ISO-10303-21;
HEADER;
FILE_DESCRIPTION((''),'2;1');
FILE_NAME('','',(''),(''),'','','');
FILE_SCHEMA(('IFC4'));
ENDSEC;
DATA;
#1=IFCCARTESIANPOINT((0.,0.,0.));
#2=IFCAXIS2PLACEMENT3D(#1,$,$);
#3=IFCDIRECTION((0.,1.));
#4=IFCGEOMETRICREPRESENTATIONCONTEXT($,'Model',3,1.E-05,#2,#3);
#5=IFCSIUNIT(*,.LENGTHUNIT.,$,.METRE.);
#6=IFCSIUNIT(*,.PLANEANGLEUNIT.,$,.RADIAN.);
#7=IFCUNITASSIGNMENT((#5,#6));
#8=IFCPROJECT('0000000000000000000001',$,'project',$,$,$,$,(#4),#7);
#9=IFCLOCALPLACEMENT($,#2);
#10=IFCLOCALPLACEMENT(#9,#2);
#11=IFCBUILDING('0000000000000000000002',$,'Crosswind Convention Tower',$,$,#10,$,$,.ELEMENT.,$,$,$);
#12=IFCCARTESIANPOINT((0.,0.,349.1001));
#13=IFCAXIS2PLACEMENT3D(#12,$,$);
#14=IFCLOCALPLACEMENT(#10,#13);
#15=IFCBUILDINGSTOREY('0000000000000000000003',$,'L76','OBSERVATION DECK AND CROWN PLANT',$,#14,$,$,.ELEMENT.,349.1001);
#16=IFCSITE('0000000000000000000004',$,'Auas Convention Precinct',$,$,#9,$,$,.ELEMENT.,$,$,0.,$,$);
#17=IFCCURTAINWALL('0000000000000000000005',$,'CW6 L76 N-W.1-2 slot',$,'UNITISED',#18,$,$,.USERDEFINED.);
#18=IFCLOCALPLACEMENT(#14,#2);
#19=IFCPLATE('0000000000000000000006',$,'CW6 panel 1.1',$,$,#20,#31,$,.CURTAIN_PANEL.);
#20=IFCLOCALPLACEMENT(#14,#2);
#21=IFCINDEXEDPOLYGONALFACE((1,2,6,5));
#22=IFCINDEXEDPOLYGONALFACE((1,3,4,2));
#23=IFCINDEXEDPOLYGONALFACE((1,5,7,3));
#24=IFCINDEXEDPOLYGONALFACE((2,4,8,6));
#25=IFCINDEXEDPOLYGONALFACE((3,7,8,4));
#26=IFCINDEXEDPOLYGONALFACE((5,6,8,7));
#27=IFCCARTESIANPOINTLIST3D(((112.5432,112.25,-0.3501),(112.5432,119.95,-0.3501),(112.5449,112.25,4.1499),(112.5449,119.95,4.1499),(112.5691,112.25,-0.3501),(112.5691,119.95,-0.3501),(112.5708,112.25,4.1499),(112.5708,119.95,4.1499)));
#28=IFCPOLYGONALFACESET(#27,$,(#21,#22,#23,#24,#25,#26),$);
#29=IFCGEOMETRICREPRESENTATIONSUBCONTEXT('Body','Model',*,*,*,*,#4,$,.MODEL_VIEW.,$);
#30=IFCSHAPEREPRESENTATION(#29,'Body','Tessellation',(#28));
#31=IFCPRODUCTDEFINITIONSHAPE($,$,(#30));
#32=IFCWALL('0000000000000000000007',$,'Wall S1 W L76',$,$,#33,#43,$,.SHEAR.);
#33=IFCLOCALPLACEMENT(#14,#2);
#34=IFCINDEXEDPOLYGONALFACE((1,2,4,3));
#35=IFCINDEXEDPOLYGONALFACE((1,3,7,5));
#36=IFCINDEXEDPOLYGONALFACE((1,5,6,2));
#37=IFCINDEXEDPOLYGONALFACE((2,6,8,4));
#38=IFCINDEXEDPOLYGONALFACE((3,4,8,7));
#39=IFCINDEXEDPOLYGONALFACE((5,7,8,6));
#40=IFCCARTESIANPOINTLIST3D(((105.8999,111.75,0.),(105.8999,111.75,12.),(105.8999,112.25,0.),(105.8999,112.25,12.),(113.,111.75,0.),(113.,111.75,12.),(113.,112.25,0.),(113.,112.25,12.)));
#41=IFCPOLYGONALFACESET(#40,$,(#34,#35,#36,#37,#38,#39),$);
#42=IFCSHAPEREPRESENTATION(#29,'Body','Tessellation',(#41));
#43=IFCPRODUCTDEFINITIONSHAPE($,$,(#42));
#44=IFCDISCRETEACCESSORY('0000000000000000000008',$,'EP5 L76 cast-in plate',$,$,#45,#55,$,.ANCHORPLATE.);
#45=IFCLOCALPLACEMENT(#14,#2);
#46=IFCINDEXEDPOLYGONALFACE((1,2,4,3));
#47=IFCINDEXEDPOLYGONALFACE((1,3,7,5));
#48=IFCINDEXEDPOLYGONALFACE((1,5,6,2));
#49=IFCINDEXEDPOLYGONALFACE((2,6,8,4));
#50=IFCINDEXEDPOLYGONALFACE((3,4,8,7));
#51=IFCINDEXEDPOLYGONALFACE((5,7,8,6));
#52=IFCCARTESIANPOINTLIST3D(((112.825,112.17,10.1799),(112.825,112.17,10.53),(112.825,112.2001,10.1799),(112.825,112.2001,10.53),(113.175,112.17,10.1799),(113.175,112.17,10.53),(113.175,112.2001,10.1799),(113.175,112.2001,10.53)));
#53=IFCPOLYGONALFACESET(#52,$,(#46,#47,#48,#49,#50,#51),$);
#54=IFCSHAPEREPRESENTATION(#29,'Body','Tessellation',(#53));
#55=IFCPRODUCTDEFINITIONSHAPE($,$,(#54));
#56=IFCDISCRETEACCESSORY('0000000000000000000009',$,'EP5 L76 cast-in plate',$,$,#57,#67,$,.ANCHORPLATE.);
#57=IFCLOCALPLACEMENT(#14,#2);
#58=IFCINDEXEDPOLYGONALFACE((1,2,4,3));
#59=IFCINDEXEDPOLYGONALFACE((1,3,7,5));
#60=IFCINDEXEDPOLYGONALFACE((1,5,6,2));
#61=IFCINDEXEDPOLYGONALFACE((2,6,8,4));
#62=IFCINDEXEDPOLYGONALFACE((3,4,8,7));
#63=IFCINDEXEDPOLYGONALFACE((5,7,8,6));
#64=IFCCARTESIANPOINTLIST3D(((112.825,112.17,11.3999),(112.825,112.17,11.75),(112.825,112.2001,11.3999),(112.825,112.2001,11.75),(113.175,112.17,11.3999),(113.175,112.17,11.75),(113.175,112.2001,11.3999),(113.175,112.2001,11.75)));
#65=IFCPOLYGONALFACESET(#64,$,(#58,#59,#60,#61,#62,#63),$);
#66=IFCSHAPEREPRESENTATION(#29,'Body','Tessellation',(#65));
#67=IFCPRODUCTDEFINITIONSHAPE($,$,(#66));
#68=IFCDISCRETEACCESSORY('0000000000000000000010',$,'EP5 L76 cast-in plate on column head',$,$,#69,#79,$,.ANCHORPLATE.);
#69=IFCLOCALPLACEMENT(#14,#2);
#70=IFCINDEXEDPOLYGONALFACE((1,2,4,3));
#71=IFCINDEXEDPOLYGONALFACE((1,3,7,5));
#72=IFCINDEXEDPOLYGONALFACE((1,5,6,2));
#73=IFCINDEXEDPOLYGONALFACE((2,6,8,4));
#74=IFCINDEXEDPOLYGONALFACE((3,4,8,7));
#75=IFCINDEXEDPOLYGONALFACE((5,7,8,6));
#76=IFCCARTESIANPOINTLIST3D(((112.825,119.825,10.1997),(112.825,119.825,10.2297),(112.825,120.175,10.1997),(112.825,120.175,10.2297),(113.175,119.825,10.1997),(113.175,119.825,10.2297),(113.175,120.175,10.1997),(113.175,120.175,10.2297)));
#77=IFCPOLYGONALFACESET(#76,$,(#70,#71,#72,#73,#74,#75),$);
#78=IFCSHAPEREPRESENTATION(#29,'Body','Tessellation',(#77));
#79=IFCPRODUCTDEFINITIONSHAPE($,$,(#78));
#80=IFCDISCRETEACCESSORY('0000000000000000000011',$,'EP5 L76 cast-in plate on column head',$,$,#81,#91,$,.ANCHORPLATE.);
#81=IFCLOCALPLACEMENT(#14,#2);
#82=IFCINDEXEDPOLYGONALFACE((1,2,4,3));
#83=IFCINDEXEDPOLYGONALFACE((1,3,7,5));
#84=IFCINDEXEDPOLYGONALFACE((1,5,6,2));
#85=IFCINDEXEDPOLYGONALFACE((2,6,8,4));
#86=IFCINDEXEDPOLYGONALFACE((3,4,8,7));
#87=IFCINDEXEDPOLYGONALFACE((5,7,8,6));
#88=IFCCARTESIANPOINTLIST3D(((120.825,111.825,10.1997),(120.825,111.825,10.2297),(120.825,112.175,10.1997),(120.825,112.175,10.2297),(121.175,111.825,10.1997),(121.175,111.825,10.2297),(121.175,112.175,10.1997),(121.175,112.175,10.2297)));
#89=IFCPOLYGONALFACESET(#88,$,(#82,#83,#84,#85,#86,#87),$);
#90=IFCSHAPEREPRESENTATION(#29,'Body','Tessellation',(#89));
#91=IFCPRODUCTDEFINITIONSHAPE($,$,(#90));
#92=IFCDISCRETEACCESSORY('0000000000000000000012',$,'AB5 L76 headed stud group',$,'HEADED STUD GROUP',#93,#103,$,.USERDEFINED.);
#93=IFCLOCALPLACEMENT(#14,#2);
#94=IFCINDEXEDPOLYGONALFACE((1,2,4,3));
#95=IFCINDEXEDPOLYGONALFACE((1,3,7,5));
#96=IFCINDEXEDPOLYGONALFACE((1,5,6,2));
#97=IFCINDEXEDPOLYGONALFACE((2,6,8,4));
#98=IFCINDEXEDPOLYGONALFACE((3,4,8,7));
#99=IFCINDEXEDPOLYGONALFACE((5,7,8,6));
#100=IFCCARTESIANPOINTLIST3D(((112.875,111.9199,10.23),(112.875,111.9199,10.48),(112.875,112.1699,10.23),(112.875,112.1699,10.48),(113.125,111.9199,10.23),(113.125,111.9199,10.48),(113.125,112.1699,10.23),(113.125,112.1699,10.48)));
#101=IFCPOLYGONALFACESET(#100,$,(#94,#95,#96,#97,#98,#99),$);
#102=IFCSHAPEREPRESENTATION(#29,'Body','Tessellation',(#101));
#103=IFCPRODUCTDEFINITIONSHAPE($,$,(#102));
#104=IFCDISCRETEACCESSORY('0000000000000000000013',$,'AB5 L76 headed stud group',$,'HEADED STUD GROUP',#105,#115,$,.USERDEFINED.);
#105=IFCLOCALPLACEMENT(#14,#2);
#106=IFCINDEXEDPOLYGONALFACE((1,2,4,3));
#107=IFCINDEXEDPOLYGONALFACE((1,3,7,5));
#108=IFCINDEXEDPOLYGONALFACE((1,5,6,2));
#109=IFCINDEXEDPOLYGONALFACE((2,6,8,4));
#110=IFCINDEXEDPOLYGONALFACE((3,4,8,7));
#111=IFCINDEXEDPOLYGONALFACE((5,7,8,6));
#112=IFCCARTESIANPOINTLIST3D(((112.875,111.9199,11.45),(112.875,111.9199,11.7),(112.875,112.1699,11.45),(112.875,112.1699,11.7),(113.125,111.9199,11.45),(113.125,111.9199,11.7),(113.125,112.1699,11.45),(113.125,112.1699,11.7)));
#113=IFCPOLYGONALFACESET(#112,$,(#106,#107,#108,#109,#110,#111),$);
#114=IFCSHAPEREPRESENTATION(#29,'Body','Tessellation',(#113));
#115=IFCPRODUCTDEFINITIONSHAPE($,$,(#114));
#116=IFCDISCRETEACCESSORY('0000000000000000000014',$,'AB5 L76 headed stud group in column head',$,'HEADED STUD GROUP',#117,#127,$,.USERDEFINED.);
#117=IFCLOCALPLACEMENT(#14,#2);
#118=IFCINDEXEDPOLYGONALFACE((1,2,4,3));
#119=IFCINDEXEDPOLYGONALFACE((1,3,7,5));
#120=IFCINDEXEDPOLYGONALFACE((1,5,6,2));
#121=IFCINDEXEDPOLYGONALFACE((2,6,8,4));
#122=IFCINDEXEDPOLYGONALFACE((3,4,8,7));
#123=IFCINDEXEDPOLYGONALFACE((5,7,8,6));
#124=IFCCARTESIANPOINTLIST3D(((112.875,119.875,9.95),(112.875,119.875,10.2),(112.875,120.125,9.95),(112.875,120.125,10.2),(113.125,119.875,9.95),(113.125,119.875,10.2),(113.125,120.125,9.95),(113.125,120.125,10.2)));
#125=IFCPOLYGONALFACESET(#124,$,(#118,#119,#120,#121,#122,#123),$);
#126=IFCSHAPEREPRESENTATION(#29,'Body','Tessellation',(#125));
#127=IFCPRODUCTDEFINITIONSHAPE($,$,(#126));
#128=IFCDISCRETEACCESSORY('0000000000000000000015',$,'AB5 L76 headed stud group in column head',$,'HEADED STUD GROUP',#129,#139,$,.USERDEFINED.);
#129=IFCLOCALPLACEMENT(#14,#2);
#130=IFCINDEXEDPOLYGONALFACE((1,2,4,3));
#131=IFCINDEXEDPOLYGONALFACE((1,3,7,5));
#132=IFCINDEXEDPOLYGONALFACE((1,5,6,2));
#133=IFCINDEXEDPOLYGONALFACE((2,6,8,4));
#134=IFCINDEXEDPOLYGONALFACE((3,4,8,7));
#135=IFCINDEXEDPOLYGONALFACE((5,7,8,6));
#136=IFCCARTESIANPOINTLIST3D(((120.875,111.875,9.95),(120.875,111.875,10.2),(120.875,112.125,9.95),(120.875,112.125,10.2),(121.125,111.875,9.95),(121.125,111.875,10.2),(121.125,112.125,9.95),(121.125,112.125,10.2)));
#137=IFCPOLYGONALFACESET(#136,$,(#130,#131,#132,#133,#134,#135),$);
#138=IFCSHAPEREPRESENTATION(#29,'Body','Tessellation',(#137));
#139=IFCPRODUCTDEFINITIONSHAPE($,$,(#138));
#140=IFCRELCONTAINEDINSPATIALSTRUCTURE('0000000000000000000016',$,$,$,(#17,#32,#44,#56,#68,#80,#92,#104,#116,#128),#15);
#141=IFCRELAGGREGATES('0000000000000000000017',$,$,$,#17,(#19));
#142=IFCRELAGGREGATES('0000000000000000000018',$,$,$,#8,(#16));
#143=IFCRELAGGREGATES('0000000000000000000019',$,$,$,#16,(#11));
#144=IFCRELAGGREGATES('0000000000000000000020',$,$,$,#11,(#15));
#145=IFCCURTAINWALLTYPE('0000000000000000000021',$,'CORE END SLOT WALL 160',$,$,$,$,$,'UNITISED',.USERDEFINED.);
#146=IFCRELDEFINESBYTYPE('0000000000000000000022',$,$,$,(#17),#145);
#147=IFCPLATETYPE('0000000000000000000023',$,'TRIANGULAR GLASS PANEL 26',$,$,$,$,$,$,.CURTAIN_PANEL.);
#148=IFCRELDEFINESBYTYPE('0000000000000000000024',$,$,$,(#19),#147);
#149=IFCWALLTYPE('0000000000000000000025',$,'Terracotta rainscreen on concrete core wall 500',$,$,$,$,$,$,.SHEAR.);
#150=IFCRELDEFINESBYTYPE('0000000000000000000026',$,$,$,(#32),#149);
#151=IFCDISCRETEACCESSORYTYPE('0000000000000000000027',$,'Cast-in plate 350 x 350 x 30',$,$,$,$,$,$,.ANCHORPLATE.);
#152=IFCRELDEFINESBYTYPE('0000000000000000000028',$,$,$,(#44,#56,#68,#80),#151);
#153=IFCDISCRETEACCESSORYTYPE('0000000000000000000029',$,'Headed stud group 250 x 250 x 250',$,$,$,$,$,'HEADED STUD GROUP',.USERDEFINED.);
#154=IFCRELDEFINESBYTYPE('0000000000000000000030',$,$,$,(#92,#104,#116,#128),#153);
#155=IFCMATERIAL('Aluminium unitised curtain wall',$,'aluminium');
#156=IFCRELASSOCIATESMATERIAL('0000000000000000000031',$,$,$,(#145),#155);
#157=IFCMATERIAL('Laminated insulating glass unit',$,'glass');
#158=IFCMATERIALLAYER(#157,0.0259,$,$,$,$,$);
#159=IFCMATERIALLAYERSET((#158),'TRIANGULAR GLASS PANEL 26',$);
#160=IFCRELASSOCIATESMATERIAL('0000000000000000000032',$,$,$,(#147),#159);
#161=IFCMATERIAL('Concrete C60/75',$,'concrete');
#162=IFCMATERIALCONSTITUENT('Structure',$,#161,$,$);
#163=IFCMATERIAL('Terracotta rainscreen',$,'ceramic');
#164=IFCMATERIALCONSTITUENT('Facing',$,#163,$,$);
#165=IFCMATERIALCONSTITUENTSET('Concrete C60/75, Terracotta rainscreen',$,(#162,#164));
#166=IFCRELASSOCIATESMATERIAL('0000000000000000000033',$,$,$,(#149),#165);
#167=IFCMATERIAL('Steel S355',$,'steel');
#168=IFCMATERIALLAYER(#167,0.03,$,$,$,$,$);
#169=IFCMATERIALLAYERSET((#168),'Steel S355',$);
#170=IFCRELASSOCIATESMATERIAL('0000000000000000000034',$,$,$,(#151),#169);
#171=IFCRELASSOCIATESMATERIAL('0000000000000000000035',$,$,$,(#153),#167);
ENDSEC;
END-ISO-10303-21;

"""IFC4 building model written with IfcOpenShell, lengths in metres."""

from ifc_helpers import new_model, si_unit, direction, frame, frame_2d, origin, origin_2d, place, context, subcontext, project, spatial, polyline, rectangle, outline, extrude, material, layer, layer_set, constituent, constituent_set, type_object, element, aggregate, save


model = new_model("IFC4")

# Units and contexts
model_context = context("Model", 3, precision=1e-05, world=origin(), true_north=direction((0.0, 1.0)))
body_context = subcontext(model_context, "Body", "Model", "MODEL_VIEW")
ifc_project = project(units=[si_unit("LENGTHUNIT", "METRE"), si_unit("PLANEANGLEUNIT", "RADIAN")], contexts=[model_context])

# Site, building, storey
site_placement = place(None, origin())
site = spatial("IfcSite", under=ifc_project, at=site_placement, Name="Auas Convention Precinct", CompositionType="ELEMENT", RefElevation=0.0)
building_placement = place(site_placement, origin())
building = spatial("IfcBuilding", under=site, at=building_placement, Name="Crosswind Convention Tower", CompositionType="ELEMENT")
storey_placement = place(building_placement, frame((0.0, 0.0, 349.1001)))
storey = spatial("IfcBuildingStorey", under=building, at=storey_placement, Name="L76", Description="OBSERVATION DECK AND CROWN PLANT", CompositionType="ELEMENT", Elevation=349.1001)

# Shared definitions
ifc_material_1 = material(Name="Concrete C60/75", Category="concrete")

# Shared definitions
ifc_material_2 = material(Name="Steel S355", Category="steel")

# Curtain wall
ifc_material_3 = material(Name="Aluminium unitised curtain wall", Category="aluminium")
curtain_wall_type_1 = type_object("IfcCurtainWallType", Name="CORE END SLOT WALL 160", ElementType="UNITISED", PredefinedType="USERDEFINED", material=ifc_material_3)
curtain_wall_1_placement = place(storey_placement, origin())
curtain_wall_1 = element("IfcCurtainWall", 1, at=curtain_wall_1_placement, inside=storey, type_object=curtain_wall_type_1, Name="CW6 L76 N-W.1-2 slot", ObjectType="UNITISED", PredefinedType="USERDEFINED")

# Plate
ifc_material_4 = material(Name="Laminated insulating glass unit", Category="glass")
ifc_layer_1 = layer(ifc_material_4, 0.0259)
ifc_layer_set_1 = layer_set([ifc_layer_1], Name="TRIANGULAR GLASS PANEL 26")
plate_type = type_object("IfcPlateType", Name="TRIANGULAR GLASS PANEL 26", PredefinedType="CURTAIN_PANEL", material=ifc_layer_set_1)
plate_placement = place(storey_placement, frame((112.5432, 119.95, -0.3501), z_axis=(-1.0, 0.0, 0.00038), x_axis=(0.0, -1.0, 0.0)))
plate = element("IfcPlate", 2, at=plate_placement, type_object=plate_type, Name="CW6 panel 1.1", PredefinedType="CURTAIN_PANEL", context=body_context, shape_type="SweptSolid", body=[
    extrude(outline(polyline([(0.0, 0.0), (7.7, 0.0), (7.7, 4.5), (0.0, 4.5), (0.0, 0.0)])), origin(), (0.0, 0.0, -1.0), 0.0259),
])
aggregate(curtain_wall_1, [plate])

# Wall
ifc_constituent_1 = constituent(ifc_material_1, Name="Structure")
ifc_material_5 = material(Name="Terracotta rainscreen", Category="ceramic")
ifc_constituent_2 = constituent(ifc_material_5, Name="Facing")
ifc_constituent_set = constituent_set(constituents=[ifc_constituent_1, ifc_constituent_2], Name="Concrete C60/75, Terracotta rainscreen")
wall_type = type_object("IfcWallType", Name="Terracotta rainscreen on concrete core wall 500", PredefinedType="SHEAR", material=ifc_constituent_set)
wall_placement = place(storey_placement, frame((113.0, 112.0, 0.0), z_axis=(0.0, 0.0, 1.0), x_axis=(-1.0, 0.0, 0.0)))
element("IfcWall", 3, at=wall_placement, inside=storey, type_object=wall_type, Name="Wall S1 W L76", PredefinedType="SHEAR", context=body_context, shape_type="SweptSolid", body=[
    extrude(rectangle(XDim=7.1001, YDim=0.5, at=frame_2d((3.55, 0.0))), origin(), (0.0, 0.0, 1.0), 12.0),
])

# Discrete accessories
ifc_layer_2 = layer(ifc_material_2, 0.03)
ifc_layer_set_2 = layer_set([ifc_layer_2], Name="Steel S355")
discrete_accessory_type_1 = type_object("IfcDiscreteAccessoryType", Name="Cast-in plate 350 x 350 x 30", PredefinedType="ANCHORPLATE", material=ifc_layer_set_2)
for number, where, z_axis, x_axis, name in (
    (4, (113.0, 112.1851, 10.1799), (0.0, 0.0, 1.0), (1.0, 0.0, 0.0), "EP5 L76 cast-in plate"),
    (5, (113.0, 112.1851, 11.3999), (0.0, 0.0, 1.0), (1.0, 0.0, 0.0), "EP5 L76 cast-in plate"),
):
    element("IfcDiscreteAccessory", number, at=place(storey_placement, frame(where, z_axis=z_axis, x_axis=x_axis)), inside=storey, type_object=discrete_accessory_type_1, Name=name, PredefinedType="ANCHORPLATE", context=body_context, shape_type="SweptSolid", body=[
        extrude(rectangle(XDim=0.3501, YDim=0.03, at=origin_2d()), origin(), (0.0, 0.0, 1.0), 0.3501),
    ])
for number, where, z_axis, x_axis, name in (
    (6, (113.0, 120.0, 10.1997), (0.0, 0.0, 1.0), (1.0, 0.0, 0.0), "EP5 L76 cast-in plate on column head"),
    (7, (121.0, 112.0, 10.1997), (0.0, 0.0, 1.0), (1.0, 0.0, 0.0), "EP5 L76 cast-in plate on column head"),
):
    element("IfcDiscreteAccessory", number, at=place(storey_placement, frame(where, z_axis=z_axis, x_axis=x_axis)), inside=storey, type_object=discrete_accessory_type_1, Name=name, PredefinedType="ANCHORPLATE", context=body_context, shape_type="SweptSolid", body=[
        extrude(rectangle(XDim=0.3501, YDim=0.3501, at=origin_2d()), origin(), (0.0, 0.0, 1.0), 0.03),
    ])
discrete_accessory_type_2 = type_object("IfcDiscreteAccessoryType", Name="Headed stud group 250 x 250 x 250", ElementType="HEADED STUD GROUP", PredefinedType="USERDEFINED", material=ifc_material_2)
for number, where, z_axis, x_axis, name in (
    (8, (113.0, 112.0449, 10.23), (0.0, 0.0, 1.0), (1.0, 0.0, 0.0), "AB5 L76 headed stud group"),
    (9, (113.0, 112.0449, 11.45), (0.0, 0.0, 1.0), (1.0, 0.0, 0.0), "AB5 L76 headed stud group"),
    (10, (113.0, 120.0, 9.95), (0.0, 0.0, 1.0), (1.0, 0.0, 0.0), "AB5 L76 headed stud group in column head"),
    (11, (121.0, 112.0, 9.95), (0.0, 0.0, 1.0), (1.0, 0.0, 0.0), "AB5 L76 headed stud group in column head"),
):
    element("IfcDiscreteAccessory", number, at=place(storey_placement, frame(where, z_axis=z_axis, x_axis=x_axis)), inside=storey, type_object=discrete_accessory_type_2, Name=name, ObjectType="HEADED STUD GROUP", PredefinedType="USERDEFINED", context=body_context, shape_type="SweptSolid", body=[
        extrude(rectangle(XDim=0.25, YDim=0.25, at=origin_2d()), origin(), (0.0, 0.0, 1.0), 0.25),
    ])

save(model, "model.ifc")
